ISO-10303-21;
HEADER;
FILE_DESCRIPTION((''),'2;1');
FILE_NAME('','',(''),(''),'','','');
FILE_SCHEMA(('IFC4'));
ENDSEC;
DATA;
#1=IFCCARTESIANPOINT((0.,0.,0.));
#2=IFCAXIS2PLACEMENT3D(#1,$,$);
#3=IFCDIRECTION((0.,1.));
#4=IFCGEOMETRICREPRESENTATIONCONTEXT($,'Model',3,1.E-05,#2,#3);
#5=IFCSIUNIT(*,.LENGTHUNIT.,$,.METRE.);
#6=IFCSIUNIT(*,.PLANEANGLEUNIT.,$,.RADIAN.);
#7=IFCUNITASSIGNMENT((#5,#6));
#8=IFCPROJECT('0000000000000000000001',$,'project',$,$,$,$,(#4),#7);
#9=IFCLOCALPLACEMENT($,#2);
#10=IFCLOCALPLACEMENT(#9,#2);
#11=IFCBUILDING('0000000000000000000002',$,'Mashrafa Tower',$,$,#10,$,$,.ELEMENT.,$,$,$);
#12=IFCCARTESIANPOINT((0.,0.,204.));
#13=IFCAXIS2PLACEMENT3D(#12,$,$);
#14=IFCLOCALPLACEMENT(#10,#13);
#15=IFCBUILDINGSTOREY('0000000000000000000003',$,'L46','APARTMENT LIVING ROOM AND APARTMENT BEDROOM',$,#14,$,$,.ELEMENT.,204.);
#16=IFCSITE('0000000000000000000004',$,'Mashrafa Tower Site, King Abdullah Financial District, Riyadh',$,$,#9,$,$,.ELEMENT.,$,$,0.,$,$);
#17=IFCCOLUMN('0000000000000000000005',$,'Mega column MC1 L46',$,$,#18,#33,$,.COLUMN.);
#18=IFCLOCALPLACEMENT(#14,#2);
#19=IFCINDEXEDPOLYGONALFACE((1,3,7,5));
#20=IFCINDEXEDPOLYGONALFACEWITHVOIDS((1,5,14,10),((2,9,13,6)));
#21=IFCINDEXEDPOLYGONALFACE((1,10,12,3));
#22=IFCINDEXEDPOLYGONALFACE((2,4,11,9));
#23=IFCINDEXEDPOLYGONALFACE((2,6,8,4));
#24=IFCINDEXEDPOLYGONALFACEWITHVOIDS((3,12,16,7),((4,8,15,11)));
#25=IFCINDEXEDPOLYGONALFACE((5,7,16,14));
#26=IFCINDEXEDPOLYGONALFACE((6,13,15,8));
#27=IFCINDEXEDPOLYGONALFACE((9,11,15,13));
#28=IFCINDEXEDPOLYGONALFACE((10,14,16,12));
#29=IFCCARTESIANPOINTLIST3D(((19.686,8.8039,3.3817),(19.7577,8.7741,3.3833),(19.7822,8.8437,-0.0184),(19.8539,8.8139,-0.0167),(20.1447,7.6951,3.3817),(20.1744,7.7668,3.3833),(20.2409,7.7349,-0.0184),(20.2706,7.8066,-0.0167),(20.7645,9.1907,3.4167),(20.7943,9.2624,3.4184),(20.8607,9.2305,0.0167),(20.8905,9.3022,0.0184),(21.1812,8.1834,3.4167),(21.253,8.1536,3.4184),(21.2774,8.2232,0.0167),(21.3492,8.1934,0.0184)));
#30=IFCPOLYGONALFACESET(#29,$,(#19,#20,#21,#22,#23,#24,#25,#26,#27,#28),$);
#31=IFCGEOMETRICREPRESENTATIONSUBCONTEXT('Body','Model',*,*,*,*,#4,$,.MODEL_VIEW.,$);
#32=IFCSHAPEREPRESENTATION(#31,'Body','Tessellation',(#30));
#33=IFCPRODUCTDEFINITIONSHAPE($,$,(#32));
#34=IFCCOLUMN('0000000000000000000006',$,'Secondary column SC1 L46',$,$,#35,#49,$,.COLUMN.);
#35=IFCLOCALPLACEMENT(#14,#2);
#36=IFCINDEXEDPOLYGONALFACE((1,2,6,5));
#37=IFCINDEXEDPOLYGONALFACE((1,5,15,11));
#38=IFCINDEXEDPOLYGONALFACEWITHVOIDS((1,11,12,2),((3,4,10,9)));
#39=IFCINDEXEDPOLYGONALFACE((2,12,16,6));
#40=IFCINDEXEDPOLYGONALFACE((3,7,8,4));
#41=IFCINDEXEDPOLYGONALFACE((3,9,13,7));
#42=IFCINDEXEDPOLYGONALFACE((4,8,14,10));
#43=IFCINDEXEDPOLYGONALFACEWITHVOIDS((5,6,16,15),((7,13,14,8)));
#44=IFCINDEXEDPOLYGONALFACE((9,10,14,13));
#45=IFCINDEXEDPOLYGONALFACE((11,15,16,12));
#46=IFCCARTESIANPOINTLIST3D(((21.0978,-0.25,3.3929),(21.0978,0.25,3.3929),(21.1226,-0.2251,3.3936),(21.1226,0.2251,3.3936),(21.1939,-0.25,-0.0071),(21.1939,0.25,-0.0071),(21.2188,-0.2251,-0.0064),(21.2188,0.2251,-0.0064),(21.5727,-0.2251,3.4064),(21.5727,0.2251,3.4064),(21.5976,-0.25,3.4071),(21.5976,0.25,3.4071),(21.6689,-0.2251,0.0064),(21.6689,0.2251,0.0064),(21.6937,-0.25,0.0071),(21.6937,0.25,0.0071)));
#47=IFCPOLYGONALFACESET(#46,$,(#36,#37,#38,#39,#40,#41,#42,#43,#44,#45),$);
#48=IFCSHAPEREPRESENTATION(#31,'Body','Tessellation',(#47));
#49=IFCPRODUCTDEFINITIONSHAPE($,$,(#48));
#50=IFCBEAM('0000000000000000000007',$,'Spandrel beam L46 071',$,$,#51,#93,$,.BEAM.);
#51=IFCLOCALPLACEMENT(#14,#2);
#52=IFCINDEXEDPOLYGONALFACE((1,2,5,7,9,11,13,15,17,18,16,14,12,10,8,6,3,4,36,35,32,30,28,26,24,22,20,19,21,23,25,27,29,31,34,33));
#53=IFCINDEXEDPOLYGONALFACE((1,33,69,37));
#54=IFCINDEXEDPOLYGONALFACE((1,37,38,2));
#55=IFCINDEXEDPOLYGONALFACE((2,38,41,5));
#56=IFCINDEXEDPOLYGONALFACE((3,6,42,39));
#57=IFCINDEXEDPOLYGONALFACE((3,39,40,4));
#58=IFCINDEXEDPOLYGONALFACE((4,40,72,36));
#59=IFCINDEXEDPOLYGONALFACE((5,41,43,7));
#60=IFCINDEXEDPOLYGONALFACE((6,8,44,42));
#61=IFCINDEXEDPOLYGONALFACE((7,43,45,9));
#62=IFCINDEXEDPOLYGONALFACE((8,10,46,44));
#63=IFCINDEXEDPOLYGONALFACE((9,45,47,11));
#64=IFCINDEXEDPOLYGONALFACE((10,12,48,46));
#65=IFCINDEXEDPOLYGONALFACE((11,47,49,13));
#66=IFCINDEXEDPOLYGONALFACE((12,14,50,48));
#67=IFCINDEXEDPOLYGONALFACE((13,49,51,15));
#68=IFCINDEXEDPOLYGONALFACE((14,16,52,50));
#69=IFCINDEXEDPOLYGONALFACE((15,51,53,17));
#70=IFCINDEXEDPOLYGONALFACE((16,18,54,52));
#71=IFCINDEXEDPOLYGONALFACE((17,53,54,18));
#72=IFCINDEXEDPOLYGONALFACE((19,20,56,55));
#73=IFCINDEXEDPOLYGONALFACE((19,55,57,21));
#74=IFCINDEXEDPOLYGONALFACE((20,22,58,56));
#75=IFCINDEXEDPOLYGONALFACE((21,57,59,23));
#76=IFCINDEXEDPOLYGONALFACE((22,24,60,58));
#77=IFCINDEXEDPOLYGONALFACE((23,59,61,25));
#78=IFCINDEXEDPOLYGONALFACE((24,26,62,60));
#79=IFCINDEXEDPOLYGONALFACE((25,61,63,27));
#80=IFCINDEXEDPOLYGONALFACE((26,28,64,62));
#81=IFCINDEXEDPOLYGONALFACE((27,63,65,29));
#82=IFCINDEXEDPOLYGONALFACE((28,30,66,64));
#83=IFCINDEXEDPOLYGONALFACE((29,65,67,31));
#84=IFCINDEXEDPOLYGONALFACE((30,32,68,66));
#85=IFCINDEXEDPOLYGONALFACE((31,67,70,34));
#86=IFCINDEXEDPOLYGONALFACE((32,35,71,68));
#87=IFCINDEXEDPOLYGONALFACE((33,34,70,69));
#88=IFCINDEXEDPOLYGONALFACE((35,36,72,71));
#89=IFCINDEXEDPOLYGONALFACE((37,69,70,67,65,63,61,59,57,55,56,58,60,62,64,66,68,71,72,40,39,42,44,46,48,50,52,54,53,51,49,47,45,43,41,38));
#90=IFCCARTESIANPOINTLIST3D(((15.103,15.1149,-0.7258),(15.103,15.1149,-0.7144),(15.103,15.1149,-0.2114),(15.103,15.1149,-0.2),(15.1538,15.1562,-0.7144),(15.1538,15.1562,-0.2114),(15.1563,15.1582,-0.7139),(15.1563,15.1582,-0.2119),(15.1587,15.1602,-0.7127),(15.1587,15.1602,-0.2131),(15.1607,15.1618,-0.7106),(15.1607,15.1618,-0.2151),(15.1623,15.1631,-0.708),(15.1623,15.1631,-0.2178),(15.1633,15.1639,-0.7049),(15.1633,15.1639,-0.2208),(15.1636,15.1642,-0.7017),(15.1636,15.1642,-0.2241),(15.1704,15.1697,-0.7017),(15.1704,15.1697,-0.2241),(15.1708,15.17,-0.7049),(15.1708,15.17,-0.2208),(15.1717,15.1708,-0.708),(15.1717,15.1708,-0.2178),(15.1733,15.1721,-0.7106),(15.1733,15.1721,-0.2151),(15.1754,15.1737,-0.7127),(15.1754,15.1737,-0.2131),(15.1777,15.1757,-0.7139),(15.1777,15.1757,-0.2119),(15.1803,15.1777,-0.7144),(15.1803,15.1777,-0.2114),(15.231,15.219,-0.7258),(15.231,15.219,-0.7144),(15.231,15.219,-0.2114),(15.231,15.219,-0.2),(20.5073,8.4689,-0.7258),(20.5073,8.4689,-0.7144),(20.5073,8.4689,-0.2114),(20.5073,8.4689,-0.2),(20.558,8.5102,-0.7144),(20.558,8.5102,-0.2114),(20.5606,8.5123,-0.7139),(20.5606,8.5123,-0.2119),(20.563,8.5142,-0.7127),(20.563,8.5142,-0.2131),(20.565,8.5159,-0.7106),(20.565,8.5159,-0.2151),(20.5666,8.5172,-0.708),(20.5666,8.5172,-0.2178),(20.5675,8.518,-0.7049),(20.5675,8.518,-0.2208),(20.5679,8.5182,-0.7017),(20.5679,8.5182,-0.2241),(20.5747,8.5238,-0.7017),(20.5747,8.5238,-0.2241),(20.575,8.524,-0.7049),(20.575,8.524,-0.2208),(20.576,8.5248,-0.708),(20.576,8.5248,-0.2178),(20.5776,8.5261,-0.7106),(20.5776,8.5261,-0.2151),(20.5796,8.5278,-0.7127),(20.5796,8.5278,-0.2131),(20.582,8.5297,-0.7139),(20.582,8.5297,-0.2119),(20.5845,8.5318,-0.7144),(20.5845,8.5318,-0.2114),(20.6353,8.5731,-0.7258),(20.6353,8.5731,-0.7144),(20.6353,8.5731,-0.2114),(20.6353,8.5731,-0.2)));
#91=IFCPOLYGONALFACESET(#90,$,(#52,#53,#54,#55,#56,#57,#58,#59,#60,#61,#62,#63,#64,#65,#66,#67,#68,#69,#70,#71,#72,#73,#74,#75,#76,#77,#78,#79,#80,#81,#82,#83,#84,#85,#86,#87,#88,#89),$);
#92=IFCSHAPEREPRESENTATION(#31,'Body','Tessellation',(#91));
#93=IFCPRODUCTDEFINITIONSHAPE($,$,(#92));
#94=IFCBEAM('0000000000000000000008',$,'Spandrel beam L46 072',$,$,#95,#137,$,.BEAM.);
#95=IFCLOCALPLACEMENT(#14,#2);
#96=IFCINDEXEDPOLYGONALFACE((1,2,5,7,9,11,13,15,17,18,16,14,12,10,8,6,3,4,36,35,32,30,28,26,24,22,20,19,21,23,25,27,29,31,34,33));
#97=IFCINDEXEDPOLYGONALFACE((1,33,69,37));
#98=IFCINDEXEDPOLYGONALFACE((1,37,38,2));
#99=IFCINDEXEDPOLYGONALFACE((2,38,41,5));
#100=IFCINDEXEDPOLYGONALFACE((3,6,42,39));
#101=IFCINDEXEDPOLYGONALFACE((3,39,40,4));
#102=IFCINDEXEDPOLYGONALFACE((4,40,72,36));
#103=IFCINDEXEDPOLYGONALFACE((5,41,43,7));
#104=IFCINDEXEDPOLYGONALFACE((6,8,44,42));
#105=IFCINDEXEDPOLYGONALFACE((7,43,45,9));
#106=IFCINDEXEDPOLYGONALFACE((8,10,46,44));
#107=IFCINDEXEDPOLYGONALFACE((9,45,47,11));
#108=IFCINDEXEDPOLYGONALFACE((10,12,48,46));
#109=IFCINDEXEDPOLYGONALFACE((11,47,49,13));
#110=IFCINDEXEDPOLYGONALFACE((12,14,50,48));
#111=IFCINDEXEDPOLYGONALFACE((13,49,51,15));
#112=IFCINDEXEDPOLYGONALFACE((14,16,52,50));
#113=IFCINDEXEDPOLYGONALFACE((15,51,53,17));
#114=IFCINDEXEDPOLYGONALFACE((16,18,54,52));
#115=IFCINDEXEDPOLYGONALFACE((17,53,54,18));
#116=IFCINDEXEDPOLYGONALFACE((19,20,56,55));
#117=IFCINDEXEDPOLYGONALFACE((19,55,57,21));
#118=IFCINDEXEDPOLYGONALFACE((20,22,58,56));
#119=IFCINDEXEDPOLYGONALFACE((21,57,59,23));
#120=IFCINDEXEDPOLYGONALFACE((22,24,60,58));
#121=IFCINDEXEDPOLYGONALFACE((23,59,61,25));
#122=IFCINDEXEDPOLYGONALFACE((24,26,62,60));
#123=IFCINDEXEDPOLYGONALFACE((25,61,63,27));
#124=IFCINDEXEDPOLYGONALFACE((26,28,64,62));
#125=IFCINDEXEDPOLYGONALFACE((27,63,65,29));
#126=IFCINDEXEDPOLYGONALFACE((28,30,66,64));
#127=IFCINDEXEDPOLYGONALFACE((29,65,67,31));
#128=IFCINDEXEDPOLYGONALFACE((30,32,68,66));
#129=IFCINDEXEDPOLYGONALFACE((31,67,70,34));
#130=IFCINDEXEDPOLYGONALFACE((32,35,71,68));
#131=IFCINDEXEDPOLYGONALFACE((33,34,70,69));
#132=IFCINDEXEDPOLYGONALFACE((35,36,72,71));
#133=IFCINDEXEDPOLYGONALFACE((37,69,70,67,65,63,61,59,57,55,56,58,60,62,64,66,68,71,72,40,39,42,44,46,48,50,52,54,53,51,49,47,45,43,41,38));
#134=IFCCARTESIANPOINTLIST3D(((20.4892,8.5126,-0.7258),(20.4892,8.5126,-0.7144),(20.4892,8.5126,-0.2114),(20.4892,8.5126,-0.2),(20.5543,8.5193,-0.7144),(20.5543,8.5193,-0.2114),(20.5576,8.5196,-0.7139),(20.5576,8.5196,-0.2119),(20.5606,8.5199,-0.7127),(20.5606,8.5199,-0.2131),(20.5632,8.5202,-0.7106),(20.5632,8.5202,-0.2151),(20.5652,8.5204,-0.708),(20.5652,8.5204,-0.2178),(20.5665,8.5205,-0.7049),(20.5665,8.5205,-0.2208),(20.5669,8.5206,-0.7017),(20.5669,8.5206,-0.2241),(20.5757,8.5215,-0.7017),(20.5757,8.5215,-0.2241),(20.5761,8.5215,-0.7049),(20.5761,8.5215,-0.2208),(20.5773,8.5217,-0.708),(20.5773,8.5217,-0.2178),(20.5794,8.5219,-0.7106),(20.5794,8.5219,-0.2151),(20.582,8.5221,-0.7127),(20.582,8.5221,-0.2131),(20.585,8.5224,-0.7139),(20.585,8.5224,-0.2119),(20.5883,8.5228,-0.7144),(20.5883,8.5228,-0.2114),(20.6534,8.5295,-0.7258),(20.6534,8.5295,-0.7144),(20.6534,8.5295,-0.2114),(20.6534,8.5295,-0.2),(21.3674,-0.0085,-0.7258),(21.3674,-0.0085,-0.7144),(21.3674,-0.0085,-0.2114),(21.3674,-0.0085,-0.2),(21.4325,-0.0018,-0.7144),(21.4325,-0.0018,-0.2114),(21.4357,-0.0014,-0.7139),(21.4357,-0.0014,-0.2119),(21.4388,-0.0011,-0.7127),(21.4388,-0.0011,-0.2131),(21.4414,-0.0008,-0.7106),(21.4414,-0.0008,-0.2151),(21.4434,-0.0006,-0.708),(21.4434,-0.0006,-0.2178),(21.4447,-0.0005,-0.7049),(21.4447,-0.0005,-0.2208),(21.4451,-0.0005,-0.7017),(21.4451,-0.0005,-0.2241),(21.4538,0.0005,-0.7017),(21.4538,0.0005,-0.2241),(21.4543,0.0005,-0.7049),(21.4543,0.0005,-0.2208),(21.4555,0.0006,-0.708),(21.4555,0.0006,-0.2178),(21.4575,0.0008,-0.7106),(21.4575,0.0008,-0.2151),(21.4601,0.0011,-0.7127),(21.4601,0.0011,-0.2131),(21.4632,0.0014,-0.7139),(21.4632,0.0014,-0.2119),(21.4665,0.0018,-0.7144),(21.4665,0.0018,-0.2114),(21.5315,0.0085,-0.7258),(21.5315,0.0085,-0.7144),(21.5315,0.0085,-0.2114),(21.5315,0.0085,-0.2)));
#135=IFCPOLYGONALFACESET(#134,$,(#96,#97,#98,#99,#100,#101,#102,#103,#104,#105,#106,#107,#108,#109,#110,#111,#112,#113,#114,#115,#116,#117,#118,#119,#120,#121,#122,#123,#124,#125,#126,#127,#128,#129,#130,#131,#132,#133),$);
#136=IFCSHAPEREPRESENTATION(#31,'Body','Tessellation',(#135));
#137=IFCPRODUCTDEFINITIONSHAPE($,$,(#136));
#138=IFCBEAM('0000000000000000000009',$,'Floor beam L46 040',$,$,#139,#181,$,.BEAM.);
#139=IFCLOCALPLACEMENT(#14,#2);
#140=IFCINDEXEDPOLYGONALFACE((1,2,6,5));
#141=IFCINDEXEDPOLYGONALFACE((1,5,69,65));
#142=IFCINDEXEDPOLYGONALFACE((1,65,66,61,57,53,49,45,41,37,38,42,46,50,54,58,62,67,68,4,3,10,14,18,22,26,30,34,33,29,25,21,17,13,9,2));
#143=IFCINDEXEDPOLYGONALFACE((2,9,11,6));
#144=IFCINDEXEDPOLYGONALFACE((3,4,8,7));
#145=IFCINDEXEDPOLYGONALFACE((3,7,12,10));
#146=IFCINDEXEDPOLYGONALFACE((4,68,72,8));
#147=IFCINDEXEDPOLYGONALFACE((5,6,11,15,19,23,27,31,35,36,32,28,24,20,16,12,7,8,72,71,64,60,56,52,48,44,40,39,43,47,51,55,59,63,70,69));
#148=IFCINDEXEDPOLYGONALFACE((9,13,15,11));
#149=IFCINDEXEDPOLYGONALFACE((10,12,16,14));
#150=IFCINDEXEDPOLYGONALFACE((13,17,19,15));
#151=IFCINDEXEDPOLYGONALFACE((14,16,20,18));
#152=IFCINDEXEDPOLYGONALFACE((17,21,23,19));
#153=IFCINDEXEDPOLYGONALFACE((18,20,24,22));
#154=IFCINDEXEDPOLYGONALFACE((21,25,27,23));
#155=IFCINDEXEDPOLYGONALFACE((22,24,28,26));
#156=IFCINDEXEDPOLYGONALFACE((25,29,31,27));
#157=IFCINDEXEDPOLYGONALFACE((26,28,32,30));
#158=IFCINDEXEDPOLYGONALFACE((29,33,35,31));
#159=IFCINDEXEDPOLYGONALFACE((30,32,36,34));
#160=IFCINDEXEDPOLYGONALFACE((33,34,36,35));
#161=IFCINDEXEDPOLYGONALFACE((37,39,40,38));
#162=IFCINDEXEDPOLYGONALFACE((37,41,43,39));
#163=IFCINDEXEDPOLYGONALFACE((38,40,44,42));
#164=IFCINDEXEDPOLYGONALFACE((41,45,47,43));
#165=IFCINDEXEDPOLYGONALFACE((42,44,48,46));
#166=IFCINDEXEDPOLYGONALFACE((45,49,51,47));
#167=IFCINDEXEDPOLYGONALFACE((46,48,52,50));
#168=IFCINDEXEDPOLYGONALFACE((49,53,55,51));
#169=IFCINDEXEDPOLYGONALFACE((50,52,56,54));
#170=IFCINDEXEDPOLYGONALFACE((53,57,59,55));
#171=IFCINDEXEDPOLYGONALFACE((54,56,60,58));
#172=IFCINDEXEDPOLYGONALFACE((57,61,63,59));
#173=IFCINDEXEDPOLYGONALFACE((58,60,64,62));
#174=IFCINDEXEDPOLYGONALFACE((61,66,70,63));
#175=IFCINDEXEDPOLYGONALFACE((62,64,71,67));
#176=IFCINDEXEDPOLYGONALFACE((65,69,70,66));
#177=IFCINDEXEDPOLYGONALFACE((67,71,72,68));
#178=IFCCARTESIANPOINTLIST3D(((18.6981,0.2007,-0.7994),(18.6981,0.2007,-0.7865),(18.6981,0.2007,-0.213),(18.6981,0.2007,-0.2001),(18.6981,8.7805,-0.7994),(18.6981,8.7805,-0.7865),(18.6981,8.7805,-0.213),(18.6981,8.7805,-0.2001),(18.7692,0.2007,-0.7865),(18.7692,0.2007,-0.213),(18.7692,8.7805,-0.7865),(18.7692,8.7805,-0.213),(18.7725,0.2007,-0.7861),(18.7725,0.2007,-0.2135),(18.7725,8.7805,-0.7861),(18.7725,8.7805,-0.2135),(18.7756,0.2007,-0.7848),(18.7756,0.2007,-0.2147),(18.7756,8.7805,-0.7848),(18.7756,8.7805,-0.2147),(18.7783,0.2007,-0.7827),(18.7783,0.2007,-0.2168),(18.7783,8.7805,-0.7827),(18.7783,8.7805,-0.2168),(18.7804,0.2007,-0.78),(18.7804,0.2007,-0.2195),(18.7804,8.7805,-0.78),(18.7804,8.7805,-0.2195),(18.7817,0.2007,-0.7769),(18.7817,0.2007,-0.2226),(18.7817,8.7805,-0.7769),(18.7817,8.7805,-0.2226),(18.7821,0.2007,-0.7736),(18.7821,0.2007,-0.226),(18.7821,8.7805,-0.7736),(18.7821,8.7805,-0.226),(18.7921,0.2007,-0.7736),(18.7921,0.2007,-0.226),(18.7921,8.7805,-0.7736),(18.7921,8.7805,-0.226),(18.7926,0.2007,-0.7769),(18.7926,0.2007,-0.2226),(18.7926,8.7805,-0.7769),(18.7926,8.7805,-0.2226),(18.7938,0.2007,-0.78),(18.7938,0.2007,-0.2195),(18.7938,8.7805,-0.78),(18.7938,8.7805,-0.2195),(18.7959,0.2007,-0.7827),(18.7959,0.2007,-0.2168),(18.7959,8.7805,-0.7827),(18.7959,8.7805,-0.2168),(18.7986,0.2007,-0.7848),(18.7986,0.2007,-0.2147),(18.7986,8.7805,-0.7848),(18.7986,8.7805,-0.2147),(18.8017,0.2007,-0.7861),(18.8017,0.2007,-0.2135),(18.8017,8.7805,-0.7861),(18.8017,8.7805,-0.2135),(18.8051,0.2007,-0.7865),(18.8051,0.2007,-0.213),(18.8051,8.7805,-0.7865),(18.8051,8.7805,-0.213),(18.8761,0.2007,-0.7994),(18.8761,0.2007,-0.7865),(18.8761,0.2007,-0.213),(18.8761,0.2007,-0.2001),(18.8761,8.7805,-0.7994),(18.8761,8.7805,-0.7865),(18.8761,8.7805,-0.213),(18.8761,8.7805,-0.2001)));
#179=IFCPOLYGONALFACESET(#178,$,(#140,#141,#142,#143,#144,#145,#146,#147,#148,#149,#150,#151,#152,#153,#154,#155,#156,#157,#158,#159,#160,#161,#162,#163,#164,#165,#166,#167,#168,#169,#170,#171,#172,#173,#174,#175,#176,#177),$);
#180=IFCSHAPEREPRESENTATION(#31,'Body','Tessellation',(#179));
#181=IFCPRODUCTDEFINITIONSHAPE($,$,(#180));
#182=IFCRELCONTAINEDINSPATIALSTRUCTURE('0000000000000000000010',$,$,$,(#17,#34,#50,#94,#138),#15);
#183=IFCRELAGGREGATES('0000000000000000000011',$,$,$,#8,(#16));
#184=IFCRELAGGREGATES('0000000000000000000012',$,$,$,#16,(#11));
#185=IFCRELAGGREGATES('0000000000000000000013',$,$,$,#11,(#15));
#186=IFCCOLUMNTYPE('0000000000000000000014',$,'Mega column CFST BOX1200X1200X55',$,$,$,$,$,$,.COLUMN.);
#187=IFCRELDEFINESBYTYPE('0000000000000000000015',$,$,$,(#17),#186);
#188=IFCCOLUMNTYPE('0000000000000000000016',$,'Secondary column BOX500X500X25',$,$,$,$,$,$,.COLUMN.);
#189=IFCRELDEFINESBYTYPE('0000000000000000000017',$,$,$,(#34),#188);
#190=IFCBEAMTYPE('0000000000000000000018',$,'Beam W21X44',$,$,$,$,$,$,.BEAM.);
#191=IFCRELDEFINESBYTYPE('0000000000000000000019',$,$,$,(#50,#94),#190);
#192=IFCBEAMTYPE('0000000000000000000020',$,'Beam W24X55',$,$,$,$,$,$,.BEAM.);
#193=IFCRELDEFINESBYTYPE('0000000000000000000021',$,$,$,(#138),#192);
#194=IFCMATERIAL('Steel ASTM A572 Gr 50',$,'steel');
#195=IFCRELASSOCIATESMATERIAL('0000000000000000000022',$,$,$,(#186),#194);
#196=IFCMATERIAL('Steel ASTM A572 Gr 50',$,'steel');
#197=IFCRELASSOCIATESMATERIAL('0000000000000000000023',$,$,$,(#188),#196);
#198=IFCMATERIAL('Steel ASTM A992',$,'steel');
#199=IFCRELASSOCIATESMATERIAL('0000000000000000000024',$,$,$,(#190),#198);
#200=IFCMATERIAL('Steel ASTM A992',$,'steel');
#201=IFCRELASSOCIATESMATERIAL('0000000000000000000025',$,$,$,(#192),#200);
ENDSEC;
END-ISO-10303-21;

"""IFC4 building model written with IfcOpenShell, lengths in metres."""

from ifc_helpers import new_model, si_unit, direction, frame, origin, origin_2d, place, context, subcontext, project, spatial, hollow_rectangle, i_section, extrude, material, material_profile, profile_set, type_object, element, save


model = new_model("IFC4")

# Units and contexts
model_context = context("Model", 3, precision=1e-05, world=origin(), true_north=direction((0.0, 1.0)))
body_context = subcontext(model_context, "Body", "Model", "MODEL_VIEW")
ifc_project = project(units=[si_unit("LENGTHUNIT", "METRE"), si_unit("PLANEANGLEUNIT", "RADIAN")], contexts=[model_context])

# Site, building, storey
site_placement = place(None, origin())
site = spatial("IfcSite", under=ifc_project, at=site_placement, Name="Mashrafa Tower Site, King Abdullah Financial District, Riyadh", CompositionType="ELEMENT", RefElevation=0.0)
building_placement = place(site_placement, origin())
building = spatial("IfcBuilding", under=site, at=building_placement, Name="Mashrafa Tower", CompositionType="ELEMENT")
storey_placement = place(building_placement, frame((0.0, 0.0, 204.0)))
storey = spatial("IfcBuildingStorey", under=building, at=storey_placement, Name="L46", Description="APARTMENT LIVING ROOM AND APARTMENT BEDROOM", CompositionType="ELEMENT", Elevation=204.0)

# Columns
ifc_material_1 = material(Name="Steel ASTM A572 Gr 50", Category="steel")
ifc_material_profile_1 = material_profile(ifc_material_1, hollow_rectangle(XDim=1.2, YDim=1.2, WallThickness=0.0549, at=origin_2d()), Name="BOX1200X1200X55")
ifc_profile_set_1 = profile_set([ifc_material_profile_1], Name="Steel ASTM A572 Gr 50")
column_type_1 = type_object("IfcColumnType", Name="Mega column CFST BOX1200X1200X55", PredefinedType="COLUMN", material=ifc_profile_set_1)
column_1_placement = place(storey_placement, frame((20.5657, 8.5186, 0.0), z_axis=(-0.028279, -0.011699, 0.999532), x_axis=(0.382283, -0.924045, 0.0)))
element("IfcColumn", 1, at=column_1_placement, inside=storey, type_object=column_type_1, Name="Mega column MC1 L46", PredefinedType="COLUMN", context=body_context, shape_type="SweptSolid", body=[
    extrude(hollow_rectangle(XDim=1.2, YDim=1.2, WallThickness=0.0549, at=origin_2d()), origin(), (0.0, 0.0, 1.0), 3.4016),
])
ifc_material_2 = material(Name="Steel ASTM A572 Gr 50", Category="steel")
ifc_material_profile_2 = material_profile(ifc_material_2, hollow_rectangle(XDim=0.5, YDim=0.5, WallThickness=0.0249, at=origin_2d()), Name="BOX500X500X25")
ifc_profile_set_2 = profile_set([ifc_material_profile_2], Name="Steel ASTM A572 Gr 50")
column_type_2 = type_object("IfcColumnType", Name="Secondary column BOX500X500X25", PredefinedType="COLUMN", material=ifc_profile_set_2)
column_2_placement = place(storey_placement, frame((21.4438, 0.0, 0.0), z_axis=(-0.028281, 0.0, 0.9996), x_axis=(0.0, -1.0, 0.0)))
element("IfcColumn", 2, at=column_2_placement, inside=storey, type_object=column_type_2, Name="Secondary column SC1 L46", PredefinedType="COLUMN", context=body_context, shape_type="SweptSolid", body=[
    extrude(hollow_rectangle(XDim=0.5, YDim=0.5, WallThickness=0.0249, at=origin_2d()), origin(), (0.0, 0.0, 1.0), 3.4014),
])

# Beams
ifc_material_3 = material(Name="Steel ASTM A992", Category="steel")
ifc_material_profile_3 = material_profile(ifc_material_3, i_section(OverallWidth=0.165, OverallDepth=0.5259, WebThickness=0.0088, FlangeThickness=0.0115, FilletRadius=0.0127, at=origin_2d()), Name="W21X44")
ifc_profile_set_3 = profile_set([ifc_material_profile_3], Name="Steel ASTM A992")
beam_type_1 = type_object("IfcBeamType", Name="Beam W21X44", PredefinedType="BEAM", material=ifc_profile_set_3)
beam_1_placement = place(storey_placement, frame((20.5713, 8.521, -0.4629), z_axis=(-0.630904, 0.775861, 0.0), x_axis=(-0.775861, -0.630904, 0.0)))
element("IfcBeam", 3, at=beam_1_placement, inside=storey, type_object=beam_type_1, Name="Spandrel beam L46 071", PredefinedType="BEAM", context=body_context, shape_type="SweptSolid", body=[
    extrude(i_section(OverallWidth=0.165, OverallDepth=0.5259, WebThickness=0.0088, FlangeThickness=0.0115, FilletRadius=0.0127, at=origin_2d()), origin(), (0.0, 0.0, 1.0), 8.5659),
])
beam_2_placement = place(storey_placement, frame((21.4495, 0.0, -0.4629), z_axis=(-0.102517, 0.994731, 0.0), x_axis=(-0.994731, -0.102517, 0.0)))
element("IfcBeam", 4, at=beam_2_placement, inside=storey, type_object=beam_type_1, Name="Spandrel beam L46 072", PredefinedType="BEAM", context=body_context, shape_type="SweptSolid", body=[
    extrude(i_section(OverallWidth=0.165, OverallDepth=0.5259, WebThickness=0.0088, FlangeThickness=0.0115, FilletRadius=0.0127, at=origin_2d()), origin(), (0.0, 0.0, 1.0), 8.5662),
])
ifc_material_4 = material(Name="Steel ASTM A992", Category="steel")
ifc_material_profile_4 = material_profile(ifc_material_4, i_section(OverallWidth=0.178, OverallDepth=0.5994, WebThickness=0.01, FlangeThickness=0.0129, FilletRadius=0.0129, at=origin_2d()), Name="W24X55")
ifc_profile_set_4 = profile_set([ifc_material_profile_4], Name="Steel ASTM A992")
beam_type_2 = type_object("IfcBeamType", Name="Beam W24X55", PredefinedType="BEAM", material=ifc_profile_set_4)
beam_3_placement = place(storey_placement, frame((18.7871, 8.7805, -0.4998), z_axis=(0.0, -1.0, 0.0), x_axis=(1.0, 0.0, 0.0)))
element("IfcBeam", 5, at=beam_3_placement, inside=storey, type_object=beam_type_2, Name="Floor beam L46 040", PredefinedType="BEAM", context=body_context, shape_type="SweptSolid", body=[
    extrude(i_section(OverallWidth=0.178, OverallDepth=0.5994, WebThickness=0.01, FlangeThickness=0.0129, FilletRadius=0.0129, at=origin_2d()), origin(), (0.0, 0.0, 1.0), 8.5798),
])

save(model, "model.ifc")
